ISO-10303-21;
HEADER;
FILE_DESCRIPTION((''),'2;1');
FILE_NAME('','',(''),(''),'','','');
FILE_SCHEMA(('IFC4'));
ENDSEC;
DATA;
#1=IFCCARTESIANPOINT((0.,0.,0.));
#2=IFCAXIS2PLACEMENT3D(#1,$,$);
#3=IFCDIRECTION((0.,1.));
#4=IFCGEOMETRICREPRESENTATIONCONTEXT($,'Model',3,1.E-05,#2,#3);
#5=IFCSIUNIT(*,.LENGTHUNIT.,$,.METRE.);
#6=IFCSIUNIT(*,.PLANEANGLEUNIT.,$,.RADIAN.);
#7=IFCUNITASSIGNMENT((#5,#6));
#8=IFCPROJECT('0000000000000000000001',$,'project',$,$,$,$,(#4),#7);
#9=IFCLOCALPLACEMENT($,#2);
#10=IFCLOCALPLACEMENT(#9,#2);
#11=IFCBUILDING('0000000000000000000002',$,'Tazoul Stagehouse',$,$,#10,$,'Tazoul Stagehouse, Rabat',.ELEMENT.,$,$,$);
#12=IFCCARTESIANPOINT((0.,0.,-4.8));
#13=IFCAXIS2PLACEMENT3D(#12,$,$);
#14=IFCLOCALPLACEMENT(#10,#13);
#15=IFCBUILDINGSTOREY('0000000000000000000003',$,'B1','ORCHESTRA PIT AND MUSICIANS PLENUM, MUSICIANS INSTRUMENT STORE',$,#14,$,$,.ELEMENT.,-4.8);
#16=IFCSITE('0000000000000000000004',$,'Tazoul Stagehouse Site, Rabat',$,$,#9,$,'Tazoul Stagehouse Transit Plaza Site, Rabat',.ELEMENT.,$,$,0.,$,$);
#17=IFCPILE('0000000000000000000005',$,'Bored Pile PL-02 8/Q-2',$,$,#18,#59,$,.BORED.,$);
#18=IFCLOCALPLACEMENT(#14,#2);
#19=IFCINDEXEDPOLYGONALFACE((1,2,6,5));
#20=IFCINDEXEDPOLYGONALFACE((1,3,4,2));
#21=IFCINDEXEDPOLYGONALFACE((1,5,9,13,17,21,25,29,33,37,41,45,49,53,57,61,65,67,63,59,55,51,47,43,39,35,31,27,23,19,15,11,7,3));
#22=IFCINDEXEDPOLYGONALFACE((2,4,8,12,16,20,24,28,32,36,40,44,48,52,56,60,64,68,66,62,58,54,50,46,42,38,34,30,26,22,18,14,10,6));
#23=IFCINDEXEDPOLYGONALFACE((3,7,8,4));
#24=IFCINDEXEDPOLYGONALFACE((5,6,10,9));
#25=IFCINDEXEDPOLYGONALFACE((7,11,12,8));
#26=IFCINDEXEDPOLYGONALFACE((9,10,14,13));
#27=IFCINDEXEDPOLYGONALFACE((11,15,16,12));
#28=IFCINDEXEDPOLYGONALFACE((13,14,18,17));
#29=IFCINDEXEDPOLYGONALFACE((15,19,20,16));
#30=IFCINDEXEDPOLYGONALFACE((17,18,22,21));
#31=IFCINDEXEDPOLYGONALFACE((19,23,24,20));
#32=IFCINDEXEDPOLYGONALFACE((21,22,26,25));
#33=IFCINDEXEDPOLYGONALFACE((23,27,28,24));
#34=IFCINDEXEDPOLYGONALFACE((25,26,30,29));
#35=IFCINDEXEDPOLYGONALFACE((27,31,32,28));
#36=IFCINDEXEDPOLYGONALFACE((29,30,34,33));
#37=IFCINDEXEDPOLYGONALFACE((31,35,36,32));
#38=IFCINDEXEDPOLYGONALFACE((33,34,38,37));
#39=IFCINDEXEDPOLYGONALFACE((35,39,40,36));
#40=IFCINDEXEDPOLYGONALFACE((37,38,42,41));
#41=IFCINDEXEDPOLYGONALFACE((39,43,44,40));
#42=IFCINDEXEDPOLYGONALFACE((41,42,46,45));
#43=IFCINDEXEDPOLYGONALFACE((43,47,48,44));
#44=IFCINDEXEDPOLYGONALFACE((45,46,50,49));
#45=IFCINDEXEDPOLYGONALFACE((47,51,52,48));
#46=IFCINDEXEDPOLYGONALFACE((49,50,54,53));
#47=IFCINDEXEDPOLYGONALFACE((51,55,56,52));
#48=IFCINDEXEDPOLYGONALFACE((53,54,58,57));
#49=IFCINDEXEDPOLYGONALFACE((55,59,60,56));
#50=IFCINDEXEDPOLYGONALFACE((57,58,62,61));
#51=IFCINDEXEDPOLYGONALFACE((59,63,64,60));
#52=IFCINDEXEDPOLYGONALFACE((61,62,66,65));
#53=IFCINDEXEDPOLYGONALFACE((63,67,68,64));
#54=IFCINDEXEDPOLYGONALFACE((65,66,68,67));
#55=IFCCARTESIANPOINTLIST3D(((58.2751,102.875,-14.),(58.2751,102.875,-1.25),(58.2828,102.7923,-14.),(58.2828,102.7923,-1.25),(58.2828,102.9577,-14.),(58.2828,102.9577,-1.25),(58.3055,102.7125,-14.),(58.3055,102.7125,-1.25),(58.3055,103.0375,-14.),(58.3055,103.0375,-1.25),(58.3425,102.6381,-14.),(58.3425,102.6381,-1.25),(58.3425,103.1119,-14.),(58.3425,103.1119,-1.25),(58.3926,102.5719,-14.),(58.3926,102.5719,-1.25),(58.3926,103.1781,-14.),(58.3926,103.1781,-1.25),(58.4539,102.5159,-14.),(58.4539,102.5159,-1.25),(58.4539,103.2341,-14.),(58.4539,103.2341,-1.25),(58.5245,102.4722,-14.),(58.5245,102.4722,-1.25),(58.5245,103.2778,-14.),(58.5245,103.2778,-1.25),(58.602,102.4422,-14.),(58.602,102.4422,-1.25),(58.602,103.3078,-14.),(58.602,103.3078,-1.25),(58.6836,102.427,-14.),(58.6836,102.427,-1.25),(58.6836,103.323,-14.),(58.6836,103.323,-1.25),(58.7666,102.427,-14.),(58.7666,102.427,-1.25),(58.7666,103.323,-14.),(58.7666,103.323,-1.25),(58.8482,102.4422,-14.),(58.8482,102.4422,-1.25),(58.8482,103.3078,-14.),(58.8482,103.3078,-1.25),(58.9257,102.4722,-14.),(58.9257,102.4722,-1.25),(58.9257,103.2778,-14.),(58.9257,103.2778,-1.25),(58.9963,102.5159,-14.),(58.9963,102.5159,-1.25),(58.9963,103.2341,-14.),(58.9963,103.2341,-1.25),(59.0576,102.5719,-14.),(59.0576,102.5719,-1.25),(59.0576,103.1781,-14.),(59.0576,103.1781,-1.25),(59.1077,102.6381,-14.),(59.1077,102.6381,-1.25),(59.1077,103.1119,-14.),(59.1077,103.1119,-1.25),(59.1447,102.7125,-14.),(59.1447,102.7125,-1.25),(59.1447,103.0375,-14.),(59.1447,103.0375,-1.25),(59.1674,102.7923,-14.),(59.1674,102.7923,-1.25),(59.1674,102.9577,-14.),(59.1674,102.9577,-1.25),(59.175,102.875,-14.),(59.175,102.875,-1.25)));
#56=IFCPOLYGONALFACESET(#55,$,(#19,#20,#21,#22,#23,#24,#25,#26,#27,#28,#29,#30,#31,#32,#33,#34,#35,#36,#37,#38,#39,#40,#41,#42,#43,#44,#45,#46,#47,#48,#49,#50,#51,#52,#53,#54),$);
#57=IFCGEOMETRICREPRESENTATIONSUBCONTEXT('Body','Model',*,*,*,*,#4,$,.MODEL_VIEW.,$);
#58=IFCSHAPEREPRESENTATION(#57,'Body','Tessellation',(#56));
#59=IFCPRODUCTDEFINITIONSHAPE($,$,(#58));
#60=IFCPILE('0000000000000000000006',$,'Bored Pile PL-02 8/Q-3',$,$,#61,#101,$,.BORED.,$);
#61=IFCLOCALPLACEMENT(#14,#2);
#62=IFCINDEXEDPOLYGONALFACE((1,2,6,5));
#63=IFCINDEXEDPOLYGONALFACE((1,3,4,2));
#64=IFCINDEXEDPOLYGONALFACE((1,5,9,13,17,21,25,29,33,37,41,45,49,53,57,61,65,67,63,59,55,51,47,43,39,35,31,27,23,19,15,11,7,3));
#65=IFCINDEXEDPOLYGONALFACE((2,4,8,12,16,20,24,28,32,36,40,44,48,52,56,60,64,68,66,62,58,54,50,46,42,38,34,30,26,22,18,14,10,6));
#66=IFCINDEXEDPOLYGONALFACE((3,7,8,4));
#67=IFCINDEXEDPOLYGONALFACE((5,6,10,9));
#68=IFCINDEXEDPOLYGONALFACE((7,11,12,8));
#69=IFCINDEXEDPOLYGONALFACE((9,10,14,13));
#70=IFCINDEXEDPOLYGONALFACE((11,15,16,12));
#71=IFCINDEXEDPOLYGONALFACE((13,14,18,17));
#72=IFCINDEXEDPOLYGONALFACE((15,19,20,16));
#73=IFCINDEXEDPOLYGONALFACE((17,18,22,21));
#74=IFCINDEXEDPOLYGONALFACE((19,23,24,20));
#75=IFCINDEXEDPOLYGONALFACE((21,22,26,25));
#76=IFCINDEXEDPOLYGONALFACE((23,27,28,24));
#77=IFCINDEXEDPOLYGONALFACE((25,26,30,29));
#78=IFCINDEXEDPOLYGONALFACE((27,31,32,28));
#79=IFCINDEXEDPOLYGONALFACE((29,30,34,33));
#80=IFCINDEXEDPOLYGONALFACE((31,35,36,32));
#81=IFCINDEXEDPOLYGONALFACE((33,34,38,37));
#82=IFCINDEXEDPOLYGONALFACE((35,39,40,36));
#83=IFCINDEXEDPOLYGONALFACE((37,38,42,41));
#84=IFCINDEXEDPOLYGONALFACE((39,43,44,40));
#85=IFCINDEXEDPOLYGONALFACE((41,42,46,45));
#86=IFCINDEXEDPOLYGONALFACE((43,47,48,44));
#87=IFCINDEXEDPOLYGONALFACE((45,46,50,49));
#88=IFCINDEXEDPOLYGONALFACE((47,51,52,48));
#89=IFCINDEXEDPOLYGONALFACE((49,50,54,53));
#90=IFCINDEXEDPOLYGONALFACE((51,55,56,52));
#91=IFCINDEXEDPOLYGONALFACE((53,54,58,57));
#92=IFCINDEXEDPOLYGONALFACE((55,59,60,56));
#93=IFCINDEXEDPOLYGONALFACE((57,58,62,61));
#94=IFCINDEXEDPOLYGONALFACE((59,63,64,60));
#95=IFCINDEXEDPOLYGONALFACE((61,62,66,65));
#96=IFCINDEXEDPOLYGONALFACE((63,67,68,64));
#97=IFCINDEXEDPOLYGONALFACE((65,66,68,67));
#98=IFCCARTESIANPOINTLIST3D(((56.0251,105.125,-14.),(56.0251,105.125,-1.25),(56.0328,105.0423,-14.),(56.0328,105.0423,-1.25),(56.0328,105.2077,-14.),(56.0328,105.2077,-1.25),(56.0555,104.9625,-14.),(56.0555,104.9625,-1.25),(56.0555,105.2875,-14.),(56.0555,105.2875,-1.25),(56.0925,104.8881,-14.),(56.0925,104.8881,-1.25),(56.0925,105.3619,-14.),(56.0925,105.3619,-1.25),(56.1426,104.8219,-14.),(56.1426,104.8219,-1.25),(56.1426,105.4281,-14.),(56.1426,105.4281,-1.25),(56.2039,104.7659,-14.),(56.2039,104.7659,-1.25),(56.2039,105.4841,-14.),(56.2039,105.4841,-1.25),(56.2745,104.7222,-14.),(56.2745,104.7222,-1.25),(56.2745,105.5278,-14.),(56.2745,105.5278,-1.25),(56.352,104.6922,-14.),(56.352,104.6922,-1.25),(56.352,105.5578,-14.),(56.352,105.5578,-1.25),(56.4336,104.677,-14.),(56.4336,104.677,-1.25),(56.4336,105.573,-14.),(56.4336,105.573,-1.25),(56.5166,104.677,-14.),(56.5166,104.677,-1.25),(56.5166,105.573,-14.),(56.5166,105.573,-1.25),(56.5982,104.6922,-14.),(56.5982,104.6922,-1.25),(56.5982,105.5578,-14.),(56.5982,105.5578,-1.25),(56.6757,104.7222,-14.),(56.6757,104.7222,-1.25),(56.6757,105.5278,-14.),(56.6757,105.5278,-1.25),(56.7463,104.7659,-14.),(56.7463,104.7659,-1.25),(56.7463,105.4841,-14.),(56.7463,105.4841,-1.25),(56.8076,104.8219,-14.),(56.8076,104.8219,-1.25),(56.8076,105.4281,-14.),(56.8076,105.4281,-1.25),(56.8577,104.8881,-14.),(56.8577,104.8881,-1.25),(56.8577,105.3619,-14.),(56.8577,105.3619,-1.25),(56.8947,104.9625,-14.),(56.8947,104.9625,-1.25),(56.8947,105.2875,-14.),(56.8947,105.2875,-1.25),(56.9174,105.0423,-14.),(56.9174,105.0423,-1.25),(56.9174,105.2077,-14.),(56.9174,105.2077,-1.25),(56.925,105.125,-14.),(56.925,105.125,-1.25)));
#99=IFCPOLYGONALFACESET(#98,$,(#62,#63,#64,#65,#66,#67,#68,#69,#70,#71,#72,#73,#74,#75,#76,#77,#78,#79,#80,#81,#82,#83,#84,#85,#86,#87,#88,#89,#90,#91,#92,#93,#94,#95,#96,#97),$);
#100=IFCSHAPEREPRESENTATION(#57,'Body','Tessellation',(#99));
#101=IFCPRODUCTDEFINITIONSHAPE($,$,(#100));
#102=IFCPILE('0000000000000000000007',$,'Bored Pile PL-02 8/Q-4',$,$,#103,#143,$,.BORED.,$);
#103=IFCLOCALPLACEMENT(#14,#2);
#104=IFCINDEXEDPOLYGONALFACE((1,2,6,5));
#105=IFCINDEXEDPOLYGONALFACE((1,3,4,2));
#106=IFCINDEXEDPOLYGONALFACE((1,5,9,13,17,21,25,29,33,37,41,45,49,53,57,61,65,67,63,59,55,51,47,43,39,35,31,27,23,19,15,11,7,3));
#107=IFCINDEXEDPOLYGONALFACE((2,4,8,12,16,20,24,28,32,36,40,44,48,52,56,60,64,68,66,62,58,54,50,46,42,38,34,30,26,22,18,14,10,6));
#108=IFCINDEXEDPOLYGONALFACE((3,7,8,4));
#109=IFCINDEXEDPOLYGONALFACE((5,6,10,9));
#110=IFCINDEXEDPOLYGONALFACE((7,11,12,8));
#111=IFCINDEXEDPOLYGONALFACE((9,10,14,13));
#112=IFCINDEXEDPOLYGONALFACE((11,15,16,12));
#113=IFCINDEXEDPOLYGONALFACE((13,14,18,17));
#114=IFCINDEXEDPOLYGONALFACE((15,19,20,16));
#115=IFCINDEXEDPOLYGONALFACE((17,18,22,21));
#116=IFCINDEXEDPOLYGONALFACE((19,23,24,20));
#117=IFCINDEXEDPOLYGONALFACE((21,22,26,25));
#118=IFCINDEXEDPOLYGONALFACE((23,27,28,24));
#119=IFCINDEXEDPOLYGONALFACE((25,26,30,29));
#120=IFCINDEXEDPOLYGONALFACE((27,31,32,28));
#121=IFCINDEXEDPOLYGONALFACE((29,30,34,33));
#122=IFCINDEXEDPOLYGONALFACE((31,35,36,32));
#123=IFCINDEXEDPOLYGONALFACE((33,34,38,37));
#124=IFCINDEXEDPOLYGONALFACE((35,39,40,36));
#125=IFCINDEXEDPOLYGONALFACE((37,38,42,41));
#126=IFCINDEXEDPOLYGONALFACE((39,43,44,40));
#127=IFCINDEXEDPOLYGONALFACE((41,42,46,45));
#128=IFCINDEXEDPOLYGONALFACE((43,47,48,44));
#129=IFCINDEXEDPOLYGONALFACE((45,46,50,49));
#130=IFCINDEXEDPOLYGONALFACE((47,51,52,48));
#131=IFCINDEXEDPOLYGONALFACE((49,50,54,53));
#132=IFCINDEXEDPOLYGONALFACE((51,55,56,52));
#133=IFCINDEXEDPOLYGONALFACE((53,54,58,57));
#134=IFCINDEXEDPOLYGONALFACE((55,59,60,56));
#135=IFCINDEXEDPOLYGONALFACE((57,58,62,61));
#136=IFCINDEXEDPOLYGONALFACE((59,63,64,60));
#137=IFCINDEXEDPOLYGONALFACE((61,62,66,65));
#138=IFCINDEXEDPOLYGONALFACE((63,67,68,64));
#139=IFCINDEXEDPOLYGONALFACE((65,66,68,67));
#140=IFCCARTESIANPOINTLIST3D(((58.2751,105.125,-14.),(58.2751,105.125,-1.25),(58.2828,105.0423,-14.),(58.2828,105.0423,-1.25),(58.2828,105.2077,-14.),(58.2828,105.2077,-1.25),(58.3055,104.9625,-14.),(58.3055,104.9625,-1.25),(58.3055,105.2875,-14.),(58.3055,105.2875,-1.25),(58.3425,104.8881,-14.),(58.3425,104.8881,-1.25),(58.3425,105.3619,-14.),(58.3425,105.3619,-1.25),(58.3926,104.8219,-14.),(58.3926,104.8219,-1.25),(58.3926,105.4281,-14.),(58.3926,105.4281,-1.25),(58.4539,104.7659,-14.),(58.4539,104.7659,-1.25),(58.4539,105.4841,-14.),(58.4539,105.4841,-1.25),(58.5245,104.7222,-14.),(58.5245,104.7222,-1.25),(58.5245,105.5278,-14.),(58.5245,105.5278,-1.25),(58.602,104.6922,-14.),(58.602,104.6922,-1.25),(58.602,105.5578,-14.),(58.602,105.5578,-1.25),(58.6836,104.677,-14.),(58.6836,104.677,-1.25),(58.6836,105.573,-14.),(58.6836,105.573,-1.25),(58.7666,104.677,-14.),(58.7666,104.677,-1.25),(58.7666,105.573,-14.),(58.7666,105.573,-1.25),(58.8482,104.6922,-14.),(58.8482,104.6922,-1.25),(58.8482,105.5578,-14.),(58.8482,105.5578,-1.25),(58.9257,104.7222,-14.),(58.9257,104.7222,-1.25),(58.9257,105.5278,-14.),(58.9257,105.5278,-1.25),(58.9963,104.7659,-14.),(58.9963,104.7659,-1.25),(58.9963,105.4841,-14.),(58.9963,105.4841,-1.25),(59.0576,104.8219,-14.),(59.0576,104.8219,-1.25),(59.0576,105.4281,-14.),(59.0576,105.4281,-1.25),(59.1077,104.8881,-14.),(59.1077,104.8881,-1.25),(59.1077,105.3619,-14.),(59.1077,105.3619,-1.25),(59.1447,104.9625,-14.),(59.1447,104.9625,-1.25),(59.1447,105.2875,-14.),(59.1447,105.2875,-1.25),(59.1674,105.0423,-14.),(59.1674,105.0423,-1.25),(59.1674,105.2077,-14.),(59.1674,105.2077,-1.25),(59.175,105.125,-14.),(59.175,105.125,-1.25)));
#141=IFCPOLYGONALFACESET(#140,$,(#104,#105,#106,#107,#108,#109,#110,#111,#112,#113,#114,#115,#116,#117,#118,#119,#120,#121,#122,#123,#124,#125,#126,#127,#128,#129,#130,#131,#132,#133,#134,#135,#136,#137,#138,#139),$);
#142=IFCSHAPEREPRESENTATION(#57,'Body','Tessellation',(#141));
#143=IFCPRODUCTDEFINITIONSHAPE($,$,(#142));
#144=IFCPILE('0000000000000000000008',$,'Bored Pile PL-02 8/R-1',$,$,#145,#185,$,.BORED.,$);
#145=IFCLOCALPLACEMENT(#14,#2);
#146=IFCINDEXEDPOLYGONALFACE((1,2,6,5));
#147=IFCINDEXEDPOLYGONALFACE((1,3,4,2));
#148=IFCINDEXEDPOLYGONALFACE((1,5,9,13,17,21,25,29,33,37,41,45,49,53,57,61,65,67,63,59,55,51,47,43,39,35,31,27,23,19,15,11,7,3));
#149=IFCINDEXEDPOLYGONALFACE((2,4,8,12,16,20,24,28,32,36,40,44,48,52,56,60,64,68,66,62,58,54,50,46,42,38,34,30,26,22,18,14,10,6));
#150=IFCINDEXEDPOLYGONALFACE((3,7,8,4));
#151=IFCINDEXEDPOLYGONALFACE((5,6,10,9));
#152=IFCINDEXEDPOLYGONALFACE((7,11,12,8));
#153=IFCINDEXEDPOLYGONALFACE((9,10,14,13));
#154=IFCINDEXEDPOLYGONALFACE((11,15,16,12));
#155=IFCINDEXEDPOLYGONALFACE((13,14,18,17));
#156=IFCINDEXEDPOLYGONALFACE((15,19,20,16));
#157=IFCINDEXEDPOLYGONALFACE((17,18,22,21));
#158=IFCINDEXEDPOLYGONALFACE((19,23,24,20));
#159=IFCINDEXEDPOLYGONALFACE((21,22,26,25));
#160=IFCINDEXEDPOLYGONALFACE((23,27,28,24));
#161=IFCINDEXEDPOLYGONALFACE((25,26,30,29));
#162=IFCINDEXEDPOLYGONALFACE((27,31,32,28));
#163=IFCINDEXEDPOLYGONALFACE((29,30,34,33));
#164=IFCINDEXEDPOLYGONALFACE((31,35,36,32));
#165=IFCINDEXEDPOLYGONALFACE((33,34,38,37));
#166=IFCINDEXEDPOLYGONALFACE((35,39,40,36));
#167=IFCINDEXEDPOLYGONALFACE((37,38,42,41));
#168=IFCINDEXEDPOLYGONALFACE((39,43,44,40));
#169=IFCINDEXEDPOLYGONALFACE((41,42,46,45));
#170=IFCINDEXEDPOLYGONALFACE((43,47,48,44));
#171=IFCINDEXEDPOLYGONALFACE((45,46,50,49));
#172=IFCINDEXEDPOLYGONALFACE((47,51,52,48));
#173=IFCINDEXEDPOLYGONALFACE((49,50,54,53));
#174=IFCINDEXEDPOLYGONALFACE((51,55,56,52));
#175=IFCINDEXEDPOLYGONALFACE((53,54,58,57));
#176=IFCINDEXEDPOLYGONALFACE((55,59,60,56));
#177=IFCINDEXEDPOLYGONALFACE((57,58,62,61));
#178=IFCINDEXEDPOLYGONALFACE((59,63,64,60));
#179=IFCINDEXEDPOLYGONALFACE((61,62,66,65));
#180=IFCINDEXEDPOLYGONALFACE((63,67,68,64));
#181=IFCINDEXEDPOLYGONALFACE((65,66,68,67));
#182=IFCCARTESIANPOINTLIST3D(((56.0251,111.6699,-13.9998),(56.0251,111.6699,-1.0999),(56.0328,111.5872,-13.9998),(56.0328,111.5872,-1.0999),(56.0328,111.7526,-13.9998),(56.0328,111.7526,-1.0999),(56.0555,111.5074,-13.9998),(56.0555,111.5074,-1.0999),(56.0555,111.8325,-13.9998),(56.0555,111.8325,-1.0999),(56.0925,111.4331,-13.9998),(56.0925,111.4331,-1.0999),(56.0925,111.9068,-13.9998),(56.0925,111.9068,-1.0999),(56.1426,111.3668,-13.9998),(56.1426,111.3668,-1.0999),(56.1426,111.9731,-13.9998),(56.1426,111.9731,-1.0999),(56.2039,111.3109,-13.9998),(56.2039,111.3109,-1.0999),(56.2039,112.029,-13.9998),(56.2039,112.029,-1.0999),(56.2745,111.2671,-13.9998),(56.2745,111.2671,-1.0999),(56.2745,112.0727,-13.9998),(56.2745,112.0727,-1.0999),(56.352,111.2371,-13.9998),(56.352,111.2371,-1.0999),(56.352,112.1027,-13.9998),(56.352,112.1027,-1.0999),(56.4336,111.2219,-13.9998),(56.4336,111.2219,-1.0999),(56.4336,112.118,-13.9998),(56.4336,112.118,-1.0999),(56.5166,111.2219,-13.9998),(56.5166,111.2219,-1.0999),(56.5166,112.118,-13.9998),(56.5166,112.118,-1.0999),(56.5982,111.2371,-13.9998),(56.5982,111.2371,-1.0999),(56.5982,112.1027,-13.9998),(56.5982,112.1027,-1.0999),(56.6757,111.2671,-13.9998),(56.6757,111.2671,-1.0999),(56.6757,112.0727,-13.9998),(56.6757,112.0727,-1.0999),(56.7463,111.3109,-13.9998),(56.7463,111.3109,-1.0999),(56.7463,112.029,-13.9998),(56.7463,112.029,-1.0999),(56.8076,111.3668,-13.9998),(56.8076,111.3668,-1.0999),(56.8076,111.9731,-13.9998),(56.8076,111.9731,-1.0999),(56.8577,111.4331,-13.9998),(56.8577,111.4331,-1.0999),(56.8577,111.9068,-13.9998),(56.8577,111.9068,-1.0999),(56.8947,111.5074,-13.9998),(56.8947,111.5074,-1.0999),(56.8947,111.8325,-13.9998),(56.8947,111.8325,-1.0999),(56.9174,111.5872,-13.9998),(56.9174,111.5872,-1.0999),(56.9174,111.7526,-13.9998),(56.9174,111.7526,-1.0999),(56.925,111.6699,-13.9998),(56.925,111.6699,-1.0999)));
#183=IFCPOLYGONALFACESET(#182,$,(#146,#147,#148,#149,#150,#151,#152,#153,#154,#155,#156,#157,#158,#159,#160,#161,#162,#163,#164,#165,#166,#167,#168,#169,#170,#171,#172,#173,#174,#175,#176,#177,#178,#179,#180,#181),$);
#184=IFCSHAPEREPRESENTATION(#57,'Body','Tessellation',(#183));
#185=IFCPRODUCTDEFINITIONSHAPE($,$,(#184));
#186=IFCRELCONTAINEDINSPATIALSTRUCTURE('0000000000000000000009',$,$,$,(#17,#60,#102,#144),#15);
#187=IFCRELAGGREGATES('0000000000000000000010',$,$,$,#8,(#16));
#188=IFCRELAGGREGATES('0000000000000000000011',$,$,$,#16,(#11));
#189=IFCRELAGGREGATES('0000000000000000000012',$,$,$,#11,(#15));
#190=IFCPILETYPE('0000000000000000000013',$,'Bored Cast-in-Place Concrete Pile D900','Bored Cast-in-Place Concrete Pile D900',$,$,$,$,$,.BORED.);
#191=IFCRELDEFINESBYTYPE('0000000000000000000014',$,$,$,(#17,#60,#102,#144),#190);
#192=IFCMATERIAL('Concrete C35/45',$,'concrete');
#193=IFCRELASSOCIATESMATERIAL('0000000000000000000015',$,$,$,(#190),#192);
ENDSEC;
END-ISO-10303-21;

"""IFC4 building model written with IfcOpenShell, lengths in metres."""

from ifc_helpers import new_model, si_unit, direction, frame, origin, origin_2d, place, context, subcontext, project, spatial, circle, extrude, material, material_profile, profile_set, type_object, element, save


model = new_model("IFC4")

# Units and contexts
model_context = context("Model", 3, precision=1e-05, world=origin(), true_north=direction((0.0, 1.0)))
body_context = subcontext(model_context, "Body", "Model", "MODEL_VIEW")
ifc_project = project(units=[si_unit("LENGTHUNIT", "METRE"), si_unit("PLANEANGLEUNIT", "RADIAN")], contexts=[model_context])

# Site, building, storey
site_placement = place(None, origin())
site = spatial("IfcSite", under=ifc_project, at=site_placement, Name="Tazoul Stagehouse Site, Rabat", LongName="Tazoul Stagehouse Transit Plaza Site, Rabat", CompositionType="ELEMENT", RefElevation=0.0)
building_placement = place(site_placement, origin())
building = spatial("IfcBuilding", under=site, at=building_placement, Name="Tazoul Stagehouse", LongName="Tazoul Stagehouse, Rabat", CompositionType="ELEMENT")
storey_placement = place(building_placement, frame((0.0, 0.0, -4.8)))
storey = spatial("IfcBuildingStorey", under=building, at=storey_placement, Name="B1", Description="ORCHESTRA PIT AND MUSICIANS PLENUM, MUSICIANS INSTRUMENT STORE", CompositionType="ELEMENT", Elevation=-4.8)

# Piles
ifc_material_1 = material(Name="Concrete C35/45", Category="concrete")
ifc_material_profile_1 = material_profile(ifc_material_1, circle(Radius=0.45, at=origin_2d()), Name="BORED PILE 900")
ifc_profile_set_1 = profile_set([ifc_material_profile_1], Name="Concrete C35/45")
pile_type = type_object("IfcPileType", Name="Bored Cast-in-Place Concrete Pile D900", Description="Bored Cast-in-Place Concrete Pile D900", PredefinedType="BORED", material=ifc_profile_set_1)
for number, where, z_axis, x_axis, name in (
    (1, (58.7251, 102.875, -1.25), (0.0, 0.0, -1.0), (1.0, 0.0, 0.0), "Bored Pile PL-02 8/Q-2"),
    (2, (56.4751, 105.125, -1.25), (0.0, 0.0, -1.0), (1.0, 0.0, 0.0), "Bored Pile PL-02 8/Q-3"),
    (3, (58.7251, 105.125, -1.25), (0.0, 0.0, -1.0), (1.0, 0.0, 0.0), "Bored Pile PL-02 8/Q-4"),
):
    element("IfcPile", number, at=place(storey_placement, frame(where, z_axis=z_axis, x_axis=x_axis)), inside=storey, type_object=pile_type, Name=name, PredefinedType="BORED", context=body_context, shape_type="SweptSolid", body=[
        extrude(circle(Radius=0.45, at=origin_2d()), origin(), (0.0, 0.0, 1.0), 12.75),
    ])
for number, where, z_axis, x_axis, name in (
    (4, (56.4751, 111.6699, -1.0999), (0.0, 0.0, -1.0), (1.0, 0.0, 0.0), "Bored Pile PL-02 8/R-1"),
):
    element("IfcPile", number, at=place(storey_placement, frame(where, z_axis=z_axis, x_axis=x_axis)), inside=storey, type_object=pile_type, Name=name, PredefinedType="BORED", context=body_context, shape_type="SweptSolid", body=[
        extrude(circle(Radius=0.45, at=origin_2d()), origin(), (0.0, 0.0, 1.0), 12.8999),
    ])

save(model, "model.ifc")
